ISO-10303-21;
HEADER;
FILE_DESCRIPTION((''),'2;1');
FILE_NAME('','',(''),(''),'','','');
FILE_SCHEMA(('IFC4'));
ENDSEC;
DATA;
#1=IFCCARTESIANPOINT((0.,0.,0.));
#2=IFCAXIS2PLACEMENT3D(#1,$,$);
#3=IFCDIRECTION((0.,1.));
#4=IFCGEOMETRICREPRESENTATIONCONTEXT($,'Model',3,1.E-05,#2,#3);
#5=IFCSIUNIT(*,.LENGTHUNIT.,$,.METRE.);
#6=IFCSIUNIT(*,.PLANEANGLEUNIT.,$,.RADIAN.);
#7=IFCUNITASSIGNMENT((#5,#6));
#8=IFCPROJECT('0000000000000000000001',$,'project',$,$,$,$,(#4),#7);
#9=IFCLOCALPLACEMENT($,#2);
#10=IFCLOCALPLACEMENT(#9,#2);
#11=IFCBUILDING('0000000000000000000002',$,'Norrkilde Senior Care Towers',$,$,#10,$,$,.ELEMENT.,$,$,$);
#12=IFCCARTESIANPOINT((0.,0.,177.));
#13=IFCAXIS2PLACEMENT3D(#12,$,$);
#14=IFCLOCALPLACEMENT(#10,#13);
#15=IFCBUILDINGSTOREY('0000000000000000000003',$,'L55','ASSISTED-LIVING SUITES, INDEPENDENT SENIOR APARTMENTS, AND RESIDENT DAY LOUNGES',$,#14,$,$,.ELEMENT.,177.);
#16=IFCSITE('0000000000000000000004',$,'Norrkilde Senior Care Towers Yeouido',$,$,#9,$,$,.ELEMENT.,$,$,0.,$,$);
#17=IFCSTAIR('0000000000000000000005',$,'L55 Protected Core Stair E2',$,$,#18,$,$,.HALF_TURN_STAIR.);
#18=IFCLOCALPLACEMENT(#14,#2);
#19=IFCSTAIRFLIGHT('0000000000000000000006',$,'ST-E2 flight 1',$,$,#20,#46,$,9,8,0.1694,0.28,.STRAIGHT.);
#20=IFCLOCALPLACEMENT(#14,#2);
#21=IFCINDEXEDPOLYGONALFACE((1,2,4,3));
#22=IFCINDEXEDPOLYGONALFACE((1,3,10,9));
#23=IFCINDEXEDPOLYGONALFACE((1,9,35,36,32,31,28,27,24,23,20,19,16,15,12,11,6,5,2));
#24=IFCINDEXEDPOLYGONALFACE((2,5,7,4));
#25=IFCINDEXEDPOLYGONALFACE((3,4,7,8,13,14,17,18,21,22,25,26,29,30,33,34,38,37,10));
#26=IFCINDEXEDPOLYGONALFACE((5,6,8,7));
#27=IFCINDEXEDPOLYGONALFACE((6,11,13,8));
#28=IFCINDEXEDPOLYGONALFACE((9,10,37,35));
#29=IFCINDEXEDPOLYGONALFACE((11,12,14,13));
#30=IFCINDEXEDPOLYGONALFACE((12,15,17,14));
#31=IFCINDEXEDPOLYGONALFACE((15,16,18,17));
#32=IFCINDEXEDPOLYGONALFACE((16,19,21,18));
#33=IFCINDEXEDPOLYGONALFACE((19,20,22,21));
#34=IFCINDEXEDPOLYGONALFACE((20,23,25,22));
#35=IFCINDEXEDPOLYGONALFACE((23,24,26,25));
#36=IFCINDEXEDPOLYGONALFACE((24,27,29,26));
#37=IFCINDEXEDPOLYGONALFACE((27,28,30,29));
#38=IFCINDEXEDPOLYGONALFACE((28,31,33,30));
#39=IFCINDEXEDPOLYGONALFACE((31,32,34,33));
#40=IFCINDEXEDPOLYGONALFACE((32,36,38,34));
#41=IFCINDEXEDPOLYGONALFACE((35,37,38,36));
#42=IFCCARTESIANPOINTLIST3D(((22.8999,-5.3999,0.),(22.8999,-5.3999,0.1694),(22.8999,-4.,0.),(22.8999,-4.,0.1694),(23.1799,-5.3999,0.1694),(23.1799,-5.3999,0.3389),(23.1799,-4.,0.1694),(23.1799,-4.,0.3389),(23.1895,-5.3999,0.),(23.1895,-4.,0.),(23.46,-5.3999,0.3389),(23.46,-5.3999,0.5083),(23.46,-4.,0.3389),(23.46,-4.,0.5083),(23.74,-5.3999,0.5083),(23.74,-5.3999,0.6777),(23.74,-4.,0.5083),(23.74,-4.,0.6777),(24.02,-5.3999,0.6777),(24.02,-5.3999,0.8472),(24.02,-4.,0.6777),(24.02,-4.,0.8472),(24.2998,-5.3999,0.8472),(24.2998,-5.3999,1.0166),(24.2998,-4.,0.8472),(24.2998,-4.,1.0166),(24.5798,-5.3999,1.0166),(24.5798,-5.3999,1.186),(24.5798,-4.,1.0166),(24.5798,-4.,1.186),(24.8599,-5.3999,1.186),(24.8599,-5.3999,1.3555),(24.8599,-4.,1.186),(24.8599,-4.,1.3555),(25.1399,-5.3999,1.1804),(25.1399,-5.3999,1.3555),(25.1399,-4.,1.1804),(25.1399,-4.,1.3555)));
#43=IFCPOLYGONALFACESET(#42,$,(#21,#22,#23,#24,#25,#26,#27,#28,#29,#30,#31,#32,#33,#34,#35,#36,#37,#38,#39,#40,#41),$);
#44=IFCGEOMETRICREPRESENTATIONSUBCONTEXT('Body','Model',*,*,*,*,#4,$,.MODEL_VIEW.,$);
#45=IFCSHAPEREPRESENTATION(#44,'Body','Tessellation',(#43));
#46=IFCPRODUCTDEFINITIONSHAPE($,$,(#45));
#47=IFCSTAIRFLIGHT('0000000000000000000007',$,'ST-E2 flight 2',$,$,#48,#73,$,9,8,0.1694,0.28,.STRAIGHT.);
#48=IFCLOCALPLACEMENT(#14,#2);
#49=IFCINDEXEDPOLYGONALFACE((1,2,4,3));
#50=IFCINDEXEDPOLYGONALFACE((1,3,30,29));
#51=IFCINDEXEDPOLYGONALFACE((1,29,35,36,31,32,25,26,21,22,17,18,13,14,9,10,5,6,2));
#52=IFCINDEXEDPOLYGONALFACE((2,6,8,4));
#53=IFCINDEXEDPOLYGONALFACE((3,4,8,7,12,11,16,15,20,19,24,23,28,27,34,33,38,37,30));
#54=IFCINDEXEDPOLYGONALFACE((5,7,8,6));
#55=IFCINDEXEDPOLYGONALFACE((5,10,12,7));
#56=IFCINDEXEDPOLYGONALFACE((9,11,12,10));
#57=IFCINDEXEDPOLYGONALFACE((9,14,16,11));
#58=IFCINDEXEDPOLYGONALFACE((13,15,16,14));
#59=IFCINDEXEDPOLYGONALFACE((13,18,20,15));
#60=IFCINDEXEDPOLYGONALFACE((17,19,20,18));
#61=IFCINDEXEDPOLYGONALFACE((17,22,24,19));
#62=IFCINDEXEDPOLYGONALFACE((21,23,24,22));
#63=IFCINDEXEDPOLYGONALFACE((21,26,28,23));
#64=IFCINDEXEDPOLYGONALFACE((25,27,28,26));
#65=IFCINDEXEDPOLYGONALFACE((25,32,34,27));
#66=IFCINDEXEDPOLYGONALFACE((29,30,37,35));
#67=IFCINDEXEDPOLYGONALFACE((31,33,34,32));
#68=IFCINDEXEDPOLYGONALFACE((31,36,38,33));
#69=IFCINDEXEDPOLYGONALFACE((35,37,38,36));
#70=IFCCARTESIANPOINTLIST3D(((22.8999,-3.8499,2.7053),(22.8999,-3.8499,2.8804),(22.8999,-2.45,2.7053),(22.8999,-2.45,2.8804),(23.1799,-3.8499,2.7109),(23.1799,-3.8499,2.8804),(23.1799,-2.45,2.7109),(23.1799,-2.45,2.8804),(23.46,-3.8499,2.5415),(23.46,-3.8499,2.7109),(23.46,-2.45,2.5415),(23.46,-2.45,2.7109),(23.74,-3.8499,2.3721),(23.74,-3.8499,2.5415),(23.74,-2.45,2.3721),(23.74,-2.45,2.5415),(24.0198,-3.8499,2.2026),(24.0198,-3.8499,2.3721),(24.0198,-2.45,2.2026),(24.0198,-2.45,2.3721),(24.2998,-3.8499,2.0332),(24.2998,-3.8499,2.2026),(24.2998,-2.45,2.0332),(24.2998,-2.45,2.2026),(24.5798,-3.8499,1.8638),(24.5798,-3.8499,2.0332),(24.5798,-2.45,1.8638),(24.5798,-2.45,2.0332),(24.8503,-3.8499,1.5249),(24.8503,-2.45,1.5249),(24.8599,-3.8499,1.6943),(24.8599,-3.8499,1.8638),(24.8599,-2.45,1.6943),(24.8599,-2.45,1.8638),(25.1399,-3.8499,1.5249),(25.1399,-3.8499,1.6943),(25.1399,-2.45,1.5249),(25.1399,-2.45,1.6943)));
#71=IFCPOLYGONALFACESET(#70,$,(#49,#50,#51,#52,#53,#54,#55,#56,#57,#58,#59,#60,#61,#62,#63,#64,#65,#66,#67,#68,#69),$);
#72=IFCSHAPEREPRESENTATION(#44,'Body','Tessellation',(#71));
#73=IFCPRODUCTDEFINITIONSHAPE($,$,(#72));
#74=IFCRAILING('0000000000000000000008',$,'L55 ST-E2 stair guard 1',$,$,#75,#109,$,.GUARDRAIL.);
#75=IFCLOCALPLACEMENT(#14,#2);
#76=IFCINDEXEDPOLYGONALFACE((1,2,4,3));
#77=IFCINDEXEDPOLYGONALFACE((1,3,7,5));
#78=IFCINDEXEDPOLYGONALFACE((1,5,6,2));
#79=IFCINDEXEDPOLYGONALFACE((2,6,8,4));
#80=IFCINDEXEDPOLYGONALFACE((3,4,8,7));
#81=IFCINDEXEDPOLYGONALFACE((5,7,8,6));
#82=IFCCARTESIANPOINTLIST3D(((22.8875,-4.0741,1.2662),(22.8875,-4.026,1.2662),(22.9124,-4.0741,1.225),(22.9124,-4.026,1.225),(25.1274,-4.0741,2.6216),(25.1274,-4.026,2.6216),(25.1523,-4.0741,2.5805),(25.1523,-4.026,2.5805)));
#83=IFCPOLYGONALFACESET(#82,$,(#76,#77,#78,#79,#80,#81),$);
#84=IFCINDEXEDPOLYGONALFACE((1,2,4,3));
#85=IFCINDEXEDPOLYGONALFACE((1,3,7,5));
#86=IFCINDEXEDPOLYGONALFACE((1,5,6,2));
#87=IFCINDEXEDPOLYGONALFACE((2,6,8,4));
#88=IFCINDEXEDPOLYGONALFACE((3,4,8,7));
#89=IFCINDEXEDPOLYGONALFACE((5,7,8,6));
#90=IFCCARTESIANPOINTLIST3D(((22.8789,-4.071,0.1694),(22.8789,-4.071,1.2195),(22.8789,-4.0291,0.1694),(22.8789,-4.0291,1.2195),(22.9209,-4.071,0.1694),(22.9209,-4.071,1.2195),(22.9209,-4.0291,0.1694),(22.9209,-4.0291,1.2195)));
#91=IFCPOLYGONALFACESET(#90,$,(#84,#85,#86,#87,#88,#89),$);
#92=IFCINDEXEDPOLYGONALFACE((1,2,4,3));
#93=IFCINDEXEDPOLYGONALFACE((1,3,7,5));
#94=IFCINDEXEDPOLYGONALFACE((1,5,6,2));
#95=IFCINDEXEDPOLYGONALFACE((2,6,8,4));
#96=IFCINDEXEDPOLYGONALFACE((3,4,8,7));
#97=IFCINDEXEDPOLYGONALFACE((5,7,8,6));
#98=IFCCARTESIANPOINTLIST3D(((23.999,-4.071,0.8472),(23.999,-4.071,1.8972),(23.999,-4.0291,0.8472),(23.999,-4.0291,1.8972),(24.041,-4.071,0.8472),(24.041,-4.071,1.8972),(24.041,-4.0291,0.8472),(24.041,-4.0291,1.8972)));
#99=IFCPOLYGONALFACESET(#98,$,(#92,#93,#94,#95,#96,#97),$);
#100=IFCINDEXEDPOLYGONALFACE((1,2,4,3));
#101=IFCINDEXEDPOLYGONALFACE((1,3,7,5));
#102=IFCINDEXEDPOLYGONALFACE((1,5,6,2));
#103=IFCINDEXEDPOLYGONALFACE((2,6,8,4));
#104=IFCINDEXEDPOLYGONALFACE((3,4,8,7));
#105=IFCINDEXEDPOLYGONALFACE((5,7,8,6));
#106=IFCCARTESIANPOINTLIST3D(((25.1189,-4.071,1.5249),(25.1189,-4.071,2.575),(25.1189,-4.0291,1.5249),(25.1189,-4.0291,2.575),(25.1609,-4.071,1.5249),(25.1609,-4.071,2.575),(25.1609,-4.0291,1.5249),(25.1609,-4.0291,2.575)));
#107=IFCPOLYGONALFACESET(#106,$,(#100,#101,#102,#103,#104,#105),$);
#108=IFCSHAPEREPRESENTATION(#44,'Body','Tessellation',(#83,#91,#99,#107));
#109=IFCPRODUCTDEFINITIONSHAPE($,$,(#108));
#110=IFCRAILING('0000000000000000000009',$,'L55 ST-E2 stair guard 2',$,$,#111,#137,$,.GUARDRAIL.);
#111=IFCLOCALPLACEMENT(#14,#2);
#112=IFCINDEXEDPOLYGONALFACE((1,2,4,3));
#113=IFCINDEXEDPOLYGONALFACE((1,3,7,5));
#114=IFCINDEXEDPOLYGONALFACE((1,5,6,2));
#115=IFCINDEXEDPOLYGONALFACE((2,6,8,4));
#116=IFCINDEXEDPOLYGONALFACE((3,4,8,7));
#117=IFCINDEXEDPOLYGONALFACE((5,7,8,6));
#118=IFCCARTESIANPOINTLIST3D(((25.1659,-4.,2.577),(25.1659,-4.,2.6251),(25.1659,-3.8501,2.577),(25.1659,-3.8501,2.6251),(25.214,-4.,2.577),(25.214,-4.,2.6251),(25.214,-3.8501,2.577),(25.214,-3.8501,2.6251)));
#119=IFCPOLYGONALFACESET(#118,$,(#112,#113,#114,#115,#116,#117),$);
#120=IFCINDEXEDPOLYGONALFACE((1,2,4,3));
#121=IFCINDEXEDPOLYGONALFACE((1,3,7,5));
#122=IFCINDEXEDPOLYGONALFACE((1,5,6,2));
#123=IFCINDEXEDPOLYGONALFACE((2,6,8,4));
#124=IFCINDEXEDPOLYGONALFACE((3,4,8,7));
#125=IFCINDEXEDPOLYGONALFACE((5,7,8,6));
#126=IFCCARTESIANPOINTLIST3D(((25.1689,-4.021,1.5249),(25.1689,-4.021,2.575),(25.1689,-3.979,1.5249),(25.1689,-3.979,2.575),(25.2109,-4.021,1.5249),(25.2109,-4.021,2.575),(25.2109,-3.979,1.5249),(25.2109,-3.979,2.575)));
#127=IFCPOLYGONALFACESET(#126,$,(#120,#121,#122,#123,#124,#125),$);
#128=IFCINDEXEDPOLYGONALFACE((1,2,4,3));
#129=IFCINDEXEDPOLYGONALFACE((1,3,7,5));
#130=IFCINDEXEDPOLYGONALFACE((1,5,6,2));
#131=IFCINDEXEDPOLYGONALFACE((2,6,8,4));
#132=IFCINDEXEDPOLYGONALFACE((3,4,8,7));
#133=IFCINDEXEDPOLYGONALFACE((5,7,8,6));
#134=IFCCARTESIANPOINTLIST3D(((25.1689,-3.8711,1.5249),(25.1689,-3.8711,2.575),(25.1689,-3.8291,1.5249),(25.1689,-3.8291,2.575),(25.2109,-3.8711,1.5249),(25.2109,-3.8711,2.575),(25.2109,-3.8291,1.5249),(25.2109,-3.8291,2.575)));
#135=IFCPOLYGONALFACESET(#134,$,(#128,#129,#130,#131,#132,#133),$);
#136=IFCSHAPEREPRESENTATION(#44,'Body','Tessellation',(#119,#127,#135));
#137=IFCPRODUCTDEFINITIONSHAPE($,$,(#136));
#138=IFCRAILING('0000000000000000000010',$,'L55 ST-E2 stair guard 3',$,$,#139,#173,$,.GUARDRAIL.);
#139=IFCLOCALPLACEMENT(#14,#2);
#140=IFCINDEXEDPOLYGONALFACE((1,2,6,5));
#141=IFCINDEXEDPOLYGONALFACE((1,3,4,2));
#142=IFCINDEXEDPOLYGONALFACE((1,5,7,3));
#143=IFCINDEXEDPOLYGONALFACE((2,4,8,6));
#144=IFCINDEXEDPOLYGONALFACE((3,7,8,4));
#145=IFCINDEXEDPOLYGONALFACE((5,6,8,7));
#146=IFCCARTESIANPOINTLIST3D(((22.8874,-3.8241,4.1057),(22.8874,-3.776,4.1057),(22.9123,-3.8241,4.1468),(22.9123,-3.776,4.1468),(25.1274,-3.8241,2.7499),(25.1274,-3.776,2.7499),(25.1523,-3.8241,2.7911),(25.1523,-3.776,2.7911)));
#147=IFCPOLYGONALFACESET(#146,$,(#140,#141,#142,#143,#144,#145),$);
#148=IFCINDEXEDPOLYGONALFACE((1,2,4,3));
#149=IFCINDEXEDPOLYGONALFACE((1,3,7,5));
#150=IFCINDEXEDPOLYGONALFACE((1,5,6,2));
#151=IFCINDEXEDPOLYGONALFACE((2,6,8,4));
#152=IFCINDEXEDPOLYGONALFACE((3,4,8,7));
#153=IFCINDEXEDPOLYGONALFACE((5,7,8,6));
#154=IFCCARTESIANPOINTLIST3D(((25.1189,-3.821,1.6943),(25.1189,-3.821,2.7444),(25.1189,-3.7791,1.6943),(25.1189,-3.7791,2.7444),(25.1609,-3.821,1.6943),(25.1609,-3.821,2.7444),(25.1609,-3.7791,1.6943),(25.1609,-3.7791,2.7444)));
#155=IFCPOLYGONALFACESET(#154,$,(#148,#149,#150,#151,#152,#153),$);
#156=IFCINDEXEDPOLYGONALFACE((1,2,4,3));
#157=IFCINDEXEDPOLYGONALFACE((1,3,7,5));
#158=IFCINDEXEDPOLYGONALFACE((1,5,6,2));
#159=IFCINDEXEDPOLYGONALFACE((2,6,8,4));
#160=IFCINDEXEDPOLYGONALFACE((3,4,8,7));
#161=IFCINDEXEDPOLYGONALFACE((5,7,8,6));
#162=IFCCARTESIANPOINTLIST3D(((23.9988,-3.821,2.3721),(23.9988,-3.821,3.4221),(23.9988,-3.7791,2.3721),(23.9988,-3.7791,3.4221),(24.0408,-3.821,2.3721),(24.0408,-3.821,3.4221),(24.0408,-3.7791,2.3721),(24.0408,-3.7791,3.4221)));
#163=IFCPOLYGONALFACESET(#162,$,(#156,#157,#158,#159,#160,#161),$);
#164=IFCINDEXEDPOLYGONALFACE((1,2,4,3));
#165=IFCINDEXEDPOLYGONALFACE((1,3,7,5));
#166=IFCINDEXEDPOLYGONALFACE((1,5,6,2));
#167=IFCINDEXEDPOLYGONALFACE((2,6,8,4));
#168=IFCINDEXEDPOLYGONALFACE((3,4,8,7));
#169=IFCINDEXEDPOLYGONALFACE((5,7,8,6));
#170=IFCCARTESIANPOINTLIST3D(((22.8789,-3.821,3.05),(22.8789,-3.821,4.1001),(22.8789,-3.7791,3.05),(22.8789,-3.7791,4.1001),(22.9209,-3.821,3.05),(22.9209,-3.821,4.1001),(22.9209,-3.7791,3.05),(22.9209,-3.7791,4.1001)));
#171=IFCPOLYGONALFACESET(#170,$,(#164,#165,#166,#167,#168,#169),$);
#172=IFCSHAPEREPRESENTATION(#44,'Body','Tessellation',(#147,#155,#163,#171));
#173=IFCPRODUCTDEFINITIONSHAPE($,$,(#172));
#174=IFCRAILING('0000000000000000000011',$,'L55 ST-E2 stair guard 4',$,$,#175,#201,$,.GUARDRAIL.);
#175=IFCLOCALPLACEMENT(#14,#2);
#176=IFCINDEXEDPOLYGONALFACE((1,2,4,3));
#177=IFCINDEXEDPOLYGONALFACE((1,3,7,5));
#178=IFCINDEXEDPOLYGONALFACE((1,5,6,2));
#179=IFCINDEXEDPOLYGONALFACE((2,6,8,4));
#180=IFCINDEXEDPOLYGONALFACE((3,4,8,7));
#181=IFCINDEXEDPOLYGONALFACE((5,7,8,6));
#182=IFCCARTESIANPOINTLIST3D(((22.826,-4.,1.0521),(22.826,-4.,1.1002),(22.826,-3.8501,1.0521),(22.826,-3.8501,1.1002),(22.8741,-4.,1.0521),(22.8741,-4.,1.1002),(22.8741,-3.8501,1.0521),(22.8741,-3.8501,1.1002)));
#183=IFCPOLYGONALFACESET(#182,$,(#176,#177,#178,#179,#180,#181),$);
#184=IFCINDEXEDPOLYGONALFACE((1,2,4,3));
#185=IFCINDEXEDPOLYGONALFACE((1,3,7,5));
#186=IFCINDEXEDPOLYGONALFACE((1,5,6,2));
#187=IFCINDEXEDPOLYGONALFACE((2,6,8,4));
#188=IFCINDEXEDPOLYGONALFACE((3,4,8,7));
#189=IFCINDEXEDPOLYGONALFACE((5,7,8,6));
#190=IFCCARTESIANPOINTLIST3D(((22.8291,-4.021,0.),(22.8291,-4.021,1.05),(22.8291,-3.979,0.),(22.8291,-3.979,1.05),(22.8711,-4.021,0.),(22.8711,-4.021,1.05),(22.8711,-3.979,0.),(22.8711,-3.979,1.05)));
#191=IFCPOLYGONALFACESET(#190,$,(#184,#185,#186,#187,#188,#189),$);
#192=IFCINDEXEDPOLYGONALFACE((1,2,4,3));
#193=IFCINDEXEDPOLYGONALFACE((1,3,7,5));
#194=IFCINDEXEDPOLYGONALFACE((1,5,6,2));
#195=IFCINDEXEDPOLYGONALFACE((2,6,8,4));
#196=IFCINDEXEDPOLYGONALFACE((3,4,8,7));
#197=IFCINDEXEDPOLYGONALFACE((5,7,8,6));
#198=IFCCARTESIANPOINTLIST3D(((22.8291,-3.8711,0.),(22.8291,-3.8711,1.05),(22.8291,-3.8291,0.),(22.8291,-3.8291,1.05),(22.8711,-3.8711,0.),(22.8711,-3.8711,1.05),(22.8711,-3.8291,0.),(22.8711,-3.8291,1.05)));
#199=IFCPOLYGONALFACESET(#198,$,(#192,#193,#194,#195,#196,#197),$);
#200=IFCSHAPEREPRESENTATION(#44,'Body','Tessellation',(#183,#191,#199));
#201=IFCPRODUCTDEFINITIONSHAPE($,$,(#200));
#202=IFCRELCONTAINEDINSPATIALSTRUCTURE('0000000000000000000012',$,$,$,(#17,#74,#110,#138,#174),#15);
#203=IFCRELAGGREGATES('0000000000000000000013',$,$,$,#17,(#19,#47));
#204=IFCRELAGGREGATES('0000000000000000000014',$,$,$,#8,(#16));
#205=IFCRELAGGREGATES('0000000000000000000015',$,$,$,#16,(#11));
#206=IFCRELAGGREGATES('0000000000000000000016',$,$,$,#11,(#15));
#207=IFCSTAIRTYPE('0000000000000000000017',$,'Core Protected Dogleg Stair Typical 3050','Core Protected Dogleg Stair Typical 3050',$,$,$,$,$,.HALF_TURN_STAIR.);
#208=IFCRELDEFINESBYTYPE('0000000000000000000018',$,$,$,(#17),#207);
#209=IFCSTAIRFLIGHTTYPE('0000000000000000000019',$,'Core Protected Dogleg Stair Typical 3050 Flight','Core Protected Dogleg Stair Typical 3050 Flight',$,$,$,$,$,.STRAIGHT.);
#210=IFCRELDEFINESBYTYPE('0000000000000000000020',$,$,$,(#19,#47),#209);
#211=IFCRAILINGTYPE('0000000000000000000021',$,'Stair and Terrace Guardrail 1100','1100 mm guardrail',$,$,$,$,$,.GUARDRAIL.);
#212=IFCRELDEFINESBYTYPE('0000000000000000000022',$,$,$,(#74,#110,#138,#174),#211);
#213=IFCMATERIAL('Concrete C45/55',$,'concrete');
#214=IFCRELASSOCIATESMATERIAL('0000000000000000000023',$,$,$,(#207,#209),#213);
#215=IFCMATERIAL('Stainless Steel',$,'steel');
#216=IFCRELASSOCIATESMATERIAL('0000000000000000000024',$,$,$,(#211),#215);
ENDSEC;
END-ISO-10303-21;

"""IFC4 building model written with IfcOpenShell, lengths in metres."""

from ifc_helpers import new_model, si_unit, direction, frame, origin, origin_2d, place, context, subcontext, project, spatial, polyline, rectangle, outline, extrude, material, type_object, element, aggregate, save


model = new_model("IFC4")

# Units and contexts
model_context = context("Model", 3, precision=1e-05, world=origin(), true_north=direction((0.0, 1.0)))
body_context = subcontext(model_context, "Body", "Model", "MODEL_VIEW")
ifc_project = project(units=[si_unit("LENGTHUNIT", "METRE"), si_unit("PLANEANGLEUNIT", "RADIAN")], contexts=[model_context])

# Site, building, storey
site_placement = place(None, origin())
site = spatial("IfcSite", under=ifc_project, at=site_placement, Name="Norrkilde Senior Care Towers Yeouido", CompositionType="ELEMENT", RefElevation=0.0)
building_placement = place(site_placement, origin())
building = spatial("IfcBuilding", under=site, at=building_placement, Name="Norrkilde Senior Care Towers", CompositionType="ELEMENT")
storey_placement = place(building_placement, frame((0.0, 0.0, 177.0)))
storey = spatial("IfcBuildingStorey", under=building, at=storey_placement, Name="L55", Description="ASSISTED-LIVING SUITES, INDEPENDENT SENIOR APARTMENTS, AND RESIDENT DAY LOUNGES", CompositionType="ELEMENT", Elevation=177.0)

# Shared definitions
ifc_material_1 = material(Name="Concrete C45/55", Category="concrete")

# Stair, stair flights
stair_type = type_object("IfcStairType", Name="Core Protected Dogleg Stair Typical 3050", Description="Core Protected Dogleg Stair Typical 3050", PredefinedType="HALF_TURN_STAIR", material=ifc_material_1)
stair_placement = place(storey_placement, origin())
stair = element("IfcStair", 1, at=stair_placement, inside=storey, type_object=stair_type, Name="L55 Protected Core Stair E2", PredefinedType="HALF_TURN_STAIR")
stair_flight_type = type_object("IfcStairFlightType", Name="Core Protected Dogleg Stair Typical 3050 Flight", Description="Core Protected Dogleg Stair Typical 3050 Flight", PredefinedType="STRAIGHT", material=ifc_material_1)
stair_flight_1_placement = place(storey_placement, frame((22.8999, -4.7, 0.0), z_axis=(0.0, 0.0, 1.0), x_axis=(1.0, 0.0, 0.0)))
stair_flight_1 = element("IfcStairFlight", 2, at=stair_flight_1_placement, type_object=stair_flight_type, Name="ST-E2 flight 1", NumberOfRisers=9, NumberOfTreads=8, PredefinedType="STRAIGHT", RiserHeight=0.1694, TreadLength=0.28, context=body_context, shape_type="SweptSolid", body=[
    extrude(outline(polyline([(0.0, 0.0), (0.0, 0.1694), (0.28, 0.1694), (0.28, 0.3389), (0.5601, 0.3389), (0.5601, 0.5083), (0.8401, 0.5083), (0.8401, 0.6777), (1.1201, 0.6777), (1.1201, 0.8472), (1.3999, 0.8472), (1.3999, 1.0166), (1.6799, 1.0166), (1.6799, 1.186), (1.96, 1.186), (1.96, 1.3555), (2.24, 1.3555), (2.24, 1.5249), (2.24, 1.1804), (0.2896, 0.0), (0.0, 0.0)])), frame((0.0, 0.7, 0.0), z_axis=(0.0, -1.0, 0.0), x_axis=(1.0, 0.0, 0.0)), (0.0, 0.0, 1.0), 1.3999),
])
stair_flight_2_placement = place(storey_placement, frame((25.1399, -3.1499, 1.5249), z_axis=(0.0, 0.0, 1.0), x_axis=(-1.0, 0.0, 0.0)))
stair_flight_2 = element("IfcStairFlight", 3, at=stair_flight_2_placement, type_object=stair_flight_type, Name="ST-E2 flight 2", NumberOfRisers=9, NumberOfTreads=8, PredefinedType="STRAIGHT", RiserHeight=0.1694, TreadLength=0.28, context=body_context, shape_type="SweptSolid", body=[
    extrude(outline(polyline([(0.0, 0.0), (0.0, 0.1694), (0.28, 0.1694), (0.28, 0.3389), (0.5601, 0.3389), (0.5601, 0.5083), (0.8401, 0.5083), (0.8401, 0.6777), (1.1201, 0.6777), (1.1201, 0.8472), (1.3999, 0.8472), (1.3999, 1.0166), (1.6799, 1.0166), (1.6799, 1.186), (1.96, 1.186), (1.96, 1.3555), (2.24, 1.3555), (2.24, 1.5249), (2.24, 1.1804), (0.2896, 0.0), (0.0, 0.0)])), frame((0.0, 0.7, 0.0), z_axis=(0.0, -1.0, 0.0), x_axis=(1.0, 0.0, 0.0)), (0.0, 0.0, 1.0), 1.3999),
])
aggregate(stair, [stair_flight_1, stair_flight_2])

# Railings
ifc_material_2 = material(Name="Stainless Steel", Category="steel")
railing_type_1 = type_object("IfcRailingType", Name="Stair and Terrace Guardrail 1100", Description="1100 mm guardrail", PredefinedType="GUARDRAIL", material=ifc_material_2)
railing_1_placement = place(storey_placement, frame((22.8999, -4.05, 0.1694)))
element("IfcRailing", 4, at=railing_1_placement, inside=storey, type_object=railing_type_1, Name="L55 ST-E2 stair guard 1", PredefinedType="GUARDRAIL", context=body_context, shape_type="SweptSolid", body=[
    extrude(rectangle(XDim=0.0481, YDim=0.0481, at=origin_2d()), frame((0.0, 0.0, 1.0762), z_axis=(0.855553, 0.0, 0.517715), x_axis=(0.0, 1.0, 0.0)), (0.0, 0.0, 1.0), 2.6182),
    extrude(rectangle(XDim=0.042, YDim=0.042, at=origin_2d()), origin(), (0.0, 0.0, 1.0), 1.05),
    extrude(rectangle(XDim=0.042, YDim=0.042, at=origin_2d()), frame((1.1201, 0.0, 0.6777)), (0.0, 0.0, 1.0), 1.05),
    extrude(rectangle(XDim=0.042, YDim=0.042, at=origin_2d()), frame((2.24, 0.0, 1.3555)), (0.0, 0.0, 1.0), 1.05),
])
railing_2_placement = place(storey_placement, frame((25.1899, -4.0, 1.5249)))
element("IfcRailing", 5, at=railing_2_placement, inside=storey, type_object=railing_type_1, Name="L55 ST-E2 stair guard 2", PredefinedType="GUARDRAIL", context=body_context, shape_type="SweptSolid", body=[
    extrude(rectangle(XDim=0.0481, YDim=0.0481, at=origin_2d()), frame((0.0, 0.0, 1.0762), z_axis=(0.0, 1.0, 0.0), x_axis=(-1.0, 0.0, 0.0)), (0.0, 0.0, 1.0), 0.1499),
    extrude(rectangle(XDim=0.042, YDim=0.042, at=origin_2d()), origin(), (0.0, 0.0, 1.0), 1.05),
    extrude(rectangle(XDim=0.042, YDim=0.042, at=origin_2d()), frame((0.0, 0.1499, 0.0)), (0.0, 0.0, 1.0), 1.05),
])
railing_3_placement = place(storey_placement, frame((25.1399, -3.8, 1.6943)))
element("IfcRailing", 6, at=railing_3_placement, inside=storey, type_object=railing_type_1, Name="L55 ST-E2 stair guard 3", PredefinedType="GUARDRAIL", context=body_context, shape_type="SweptSolid", body=[
    extrude(rectangle(XDim=0.0481, YDim=0.0481, at=origin_2d()), frame((0.0, 0.0, 1.0762), z_axis=(-0.855512, 0.0, 0.517783), x_axis=(0.0, -1.0, 0.0)), (0.0, 0.0, 1.0), 2.6184),
    extrude(rectangle(XDim=0.042, YDim=0.042, at=origin_2d()), origin(), (0.0, 0.0, 1.0), 1.05),
    extrude(rectangle(XDim=0.042, YDim=0.042, at=origin_2d()), frame((-1.1201, 0.0, 0.6777)), (0.0, 0.0, 1.0), 1.05),
    extrude(rectangle(XDim=0.042, YDim=0.042, at=origin_2d()), frame((-2.24, 0.0, 1.3557)), (0.0, 0.0, 1.0), 1.05),
])
railing_4_placement = place(storey_placement, frame((22.8501, -4.0, 0.0)))
element("IfcRailing", 7, at=railing_4_placement, inside=storey, type_object=railing_type_1, Name="L55 ST-E2 stair guard 4", PredefinedType="GUARDRAIL", context=body_context, shape_type="SweptSolid", body=[
    extrude(rectangle(XDim=0.0481, YDim=0.0481, at=origin_2d()), frame((0.0, 0.0, 1.0762), z_axis=(0.0, 1.0, 0.0), x_axis=(-1.0, 0.0, 0.0)), (0.0, 0.0, 1.0), 0.1499),
    extrude(rectangle(XDim=0.042, YDim=0.042, at=origin_2d()), origin(), (0.0, 0.0, 1.0), 1.05),
    extrude(rectangle(XDim=0.042, YDim=0.042, at=origin_2d()), frame((0.0, 0.1499, 0.0)), (0.0, 0.0, 1.0), 1.05),
])

save(model, "model.ifc")
